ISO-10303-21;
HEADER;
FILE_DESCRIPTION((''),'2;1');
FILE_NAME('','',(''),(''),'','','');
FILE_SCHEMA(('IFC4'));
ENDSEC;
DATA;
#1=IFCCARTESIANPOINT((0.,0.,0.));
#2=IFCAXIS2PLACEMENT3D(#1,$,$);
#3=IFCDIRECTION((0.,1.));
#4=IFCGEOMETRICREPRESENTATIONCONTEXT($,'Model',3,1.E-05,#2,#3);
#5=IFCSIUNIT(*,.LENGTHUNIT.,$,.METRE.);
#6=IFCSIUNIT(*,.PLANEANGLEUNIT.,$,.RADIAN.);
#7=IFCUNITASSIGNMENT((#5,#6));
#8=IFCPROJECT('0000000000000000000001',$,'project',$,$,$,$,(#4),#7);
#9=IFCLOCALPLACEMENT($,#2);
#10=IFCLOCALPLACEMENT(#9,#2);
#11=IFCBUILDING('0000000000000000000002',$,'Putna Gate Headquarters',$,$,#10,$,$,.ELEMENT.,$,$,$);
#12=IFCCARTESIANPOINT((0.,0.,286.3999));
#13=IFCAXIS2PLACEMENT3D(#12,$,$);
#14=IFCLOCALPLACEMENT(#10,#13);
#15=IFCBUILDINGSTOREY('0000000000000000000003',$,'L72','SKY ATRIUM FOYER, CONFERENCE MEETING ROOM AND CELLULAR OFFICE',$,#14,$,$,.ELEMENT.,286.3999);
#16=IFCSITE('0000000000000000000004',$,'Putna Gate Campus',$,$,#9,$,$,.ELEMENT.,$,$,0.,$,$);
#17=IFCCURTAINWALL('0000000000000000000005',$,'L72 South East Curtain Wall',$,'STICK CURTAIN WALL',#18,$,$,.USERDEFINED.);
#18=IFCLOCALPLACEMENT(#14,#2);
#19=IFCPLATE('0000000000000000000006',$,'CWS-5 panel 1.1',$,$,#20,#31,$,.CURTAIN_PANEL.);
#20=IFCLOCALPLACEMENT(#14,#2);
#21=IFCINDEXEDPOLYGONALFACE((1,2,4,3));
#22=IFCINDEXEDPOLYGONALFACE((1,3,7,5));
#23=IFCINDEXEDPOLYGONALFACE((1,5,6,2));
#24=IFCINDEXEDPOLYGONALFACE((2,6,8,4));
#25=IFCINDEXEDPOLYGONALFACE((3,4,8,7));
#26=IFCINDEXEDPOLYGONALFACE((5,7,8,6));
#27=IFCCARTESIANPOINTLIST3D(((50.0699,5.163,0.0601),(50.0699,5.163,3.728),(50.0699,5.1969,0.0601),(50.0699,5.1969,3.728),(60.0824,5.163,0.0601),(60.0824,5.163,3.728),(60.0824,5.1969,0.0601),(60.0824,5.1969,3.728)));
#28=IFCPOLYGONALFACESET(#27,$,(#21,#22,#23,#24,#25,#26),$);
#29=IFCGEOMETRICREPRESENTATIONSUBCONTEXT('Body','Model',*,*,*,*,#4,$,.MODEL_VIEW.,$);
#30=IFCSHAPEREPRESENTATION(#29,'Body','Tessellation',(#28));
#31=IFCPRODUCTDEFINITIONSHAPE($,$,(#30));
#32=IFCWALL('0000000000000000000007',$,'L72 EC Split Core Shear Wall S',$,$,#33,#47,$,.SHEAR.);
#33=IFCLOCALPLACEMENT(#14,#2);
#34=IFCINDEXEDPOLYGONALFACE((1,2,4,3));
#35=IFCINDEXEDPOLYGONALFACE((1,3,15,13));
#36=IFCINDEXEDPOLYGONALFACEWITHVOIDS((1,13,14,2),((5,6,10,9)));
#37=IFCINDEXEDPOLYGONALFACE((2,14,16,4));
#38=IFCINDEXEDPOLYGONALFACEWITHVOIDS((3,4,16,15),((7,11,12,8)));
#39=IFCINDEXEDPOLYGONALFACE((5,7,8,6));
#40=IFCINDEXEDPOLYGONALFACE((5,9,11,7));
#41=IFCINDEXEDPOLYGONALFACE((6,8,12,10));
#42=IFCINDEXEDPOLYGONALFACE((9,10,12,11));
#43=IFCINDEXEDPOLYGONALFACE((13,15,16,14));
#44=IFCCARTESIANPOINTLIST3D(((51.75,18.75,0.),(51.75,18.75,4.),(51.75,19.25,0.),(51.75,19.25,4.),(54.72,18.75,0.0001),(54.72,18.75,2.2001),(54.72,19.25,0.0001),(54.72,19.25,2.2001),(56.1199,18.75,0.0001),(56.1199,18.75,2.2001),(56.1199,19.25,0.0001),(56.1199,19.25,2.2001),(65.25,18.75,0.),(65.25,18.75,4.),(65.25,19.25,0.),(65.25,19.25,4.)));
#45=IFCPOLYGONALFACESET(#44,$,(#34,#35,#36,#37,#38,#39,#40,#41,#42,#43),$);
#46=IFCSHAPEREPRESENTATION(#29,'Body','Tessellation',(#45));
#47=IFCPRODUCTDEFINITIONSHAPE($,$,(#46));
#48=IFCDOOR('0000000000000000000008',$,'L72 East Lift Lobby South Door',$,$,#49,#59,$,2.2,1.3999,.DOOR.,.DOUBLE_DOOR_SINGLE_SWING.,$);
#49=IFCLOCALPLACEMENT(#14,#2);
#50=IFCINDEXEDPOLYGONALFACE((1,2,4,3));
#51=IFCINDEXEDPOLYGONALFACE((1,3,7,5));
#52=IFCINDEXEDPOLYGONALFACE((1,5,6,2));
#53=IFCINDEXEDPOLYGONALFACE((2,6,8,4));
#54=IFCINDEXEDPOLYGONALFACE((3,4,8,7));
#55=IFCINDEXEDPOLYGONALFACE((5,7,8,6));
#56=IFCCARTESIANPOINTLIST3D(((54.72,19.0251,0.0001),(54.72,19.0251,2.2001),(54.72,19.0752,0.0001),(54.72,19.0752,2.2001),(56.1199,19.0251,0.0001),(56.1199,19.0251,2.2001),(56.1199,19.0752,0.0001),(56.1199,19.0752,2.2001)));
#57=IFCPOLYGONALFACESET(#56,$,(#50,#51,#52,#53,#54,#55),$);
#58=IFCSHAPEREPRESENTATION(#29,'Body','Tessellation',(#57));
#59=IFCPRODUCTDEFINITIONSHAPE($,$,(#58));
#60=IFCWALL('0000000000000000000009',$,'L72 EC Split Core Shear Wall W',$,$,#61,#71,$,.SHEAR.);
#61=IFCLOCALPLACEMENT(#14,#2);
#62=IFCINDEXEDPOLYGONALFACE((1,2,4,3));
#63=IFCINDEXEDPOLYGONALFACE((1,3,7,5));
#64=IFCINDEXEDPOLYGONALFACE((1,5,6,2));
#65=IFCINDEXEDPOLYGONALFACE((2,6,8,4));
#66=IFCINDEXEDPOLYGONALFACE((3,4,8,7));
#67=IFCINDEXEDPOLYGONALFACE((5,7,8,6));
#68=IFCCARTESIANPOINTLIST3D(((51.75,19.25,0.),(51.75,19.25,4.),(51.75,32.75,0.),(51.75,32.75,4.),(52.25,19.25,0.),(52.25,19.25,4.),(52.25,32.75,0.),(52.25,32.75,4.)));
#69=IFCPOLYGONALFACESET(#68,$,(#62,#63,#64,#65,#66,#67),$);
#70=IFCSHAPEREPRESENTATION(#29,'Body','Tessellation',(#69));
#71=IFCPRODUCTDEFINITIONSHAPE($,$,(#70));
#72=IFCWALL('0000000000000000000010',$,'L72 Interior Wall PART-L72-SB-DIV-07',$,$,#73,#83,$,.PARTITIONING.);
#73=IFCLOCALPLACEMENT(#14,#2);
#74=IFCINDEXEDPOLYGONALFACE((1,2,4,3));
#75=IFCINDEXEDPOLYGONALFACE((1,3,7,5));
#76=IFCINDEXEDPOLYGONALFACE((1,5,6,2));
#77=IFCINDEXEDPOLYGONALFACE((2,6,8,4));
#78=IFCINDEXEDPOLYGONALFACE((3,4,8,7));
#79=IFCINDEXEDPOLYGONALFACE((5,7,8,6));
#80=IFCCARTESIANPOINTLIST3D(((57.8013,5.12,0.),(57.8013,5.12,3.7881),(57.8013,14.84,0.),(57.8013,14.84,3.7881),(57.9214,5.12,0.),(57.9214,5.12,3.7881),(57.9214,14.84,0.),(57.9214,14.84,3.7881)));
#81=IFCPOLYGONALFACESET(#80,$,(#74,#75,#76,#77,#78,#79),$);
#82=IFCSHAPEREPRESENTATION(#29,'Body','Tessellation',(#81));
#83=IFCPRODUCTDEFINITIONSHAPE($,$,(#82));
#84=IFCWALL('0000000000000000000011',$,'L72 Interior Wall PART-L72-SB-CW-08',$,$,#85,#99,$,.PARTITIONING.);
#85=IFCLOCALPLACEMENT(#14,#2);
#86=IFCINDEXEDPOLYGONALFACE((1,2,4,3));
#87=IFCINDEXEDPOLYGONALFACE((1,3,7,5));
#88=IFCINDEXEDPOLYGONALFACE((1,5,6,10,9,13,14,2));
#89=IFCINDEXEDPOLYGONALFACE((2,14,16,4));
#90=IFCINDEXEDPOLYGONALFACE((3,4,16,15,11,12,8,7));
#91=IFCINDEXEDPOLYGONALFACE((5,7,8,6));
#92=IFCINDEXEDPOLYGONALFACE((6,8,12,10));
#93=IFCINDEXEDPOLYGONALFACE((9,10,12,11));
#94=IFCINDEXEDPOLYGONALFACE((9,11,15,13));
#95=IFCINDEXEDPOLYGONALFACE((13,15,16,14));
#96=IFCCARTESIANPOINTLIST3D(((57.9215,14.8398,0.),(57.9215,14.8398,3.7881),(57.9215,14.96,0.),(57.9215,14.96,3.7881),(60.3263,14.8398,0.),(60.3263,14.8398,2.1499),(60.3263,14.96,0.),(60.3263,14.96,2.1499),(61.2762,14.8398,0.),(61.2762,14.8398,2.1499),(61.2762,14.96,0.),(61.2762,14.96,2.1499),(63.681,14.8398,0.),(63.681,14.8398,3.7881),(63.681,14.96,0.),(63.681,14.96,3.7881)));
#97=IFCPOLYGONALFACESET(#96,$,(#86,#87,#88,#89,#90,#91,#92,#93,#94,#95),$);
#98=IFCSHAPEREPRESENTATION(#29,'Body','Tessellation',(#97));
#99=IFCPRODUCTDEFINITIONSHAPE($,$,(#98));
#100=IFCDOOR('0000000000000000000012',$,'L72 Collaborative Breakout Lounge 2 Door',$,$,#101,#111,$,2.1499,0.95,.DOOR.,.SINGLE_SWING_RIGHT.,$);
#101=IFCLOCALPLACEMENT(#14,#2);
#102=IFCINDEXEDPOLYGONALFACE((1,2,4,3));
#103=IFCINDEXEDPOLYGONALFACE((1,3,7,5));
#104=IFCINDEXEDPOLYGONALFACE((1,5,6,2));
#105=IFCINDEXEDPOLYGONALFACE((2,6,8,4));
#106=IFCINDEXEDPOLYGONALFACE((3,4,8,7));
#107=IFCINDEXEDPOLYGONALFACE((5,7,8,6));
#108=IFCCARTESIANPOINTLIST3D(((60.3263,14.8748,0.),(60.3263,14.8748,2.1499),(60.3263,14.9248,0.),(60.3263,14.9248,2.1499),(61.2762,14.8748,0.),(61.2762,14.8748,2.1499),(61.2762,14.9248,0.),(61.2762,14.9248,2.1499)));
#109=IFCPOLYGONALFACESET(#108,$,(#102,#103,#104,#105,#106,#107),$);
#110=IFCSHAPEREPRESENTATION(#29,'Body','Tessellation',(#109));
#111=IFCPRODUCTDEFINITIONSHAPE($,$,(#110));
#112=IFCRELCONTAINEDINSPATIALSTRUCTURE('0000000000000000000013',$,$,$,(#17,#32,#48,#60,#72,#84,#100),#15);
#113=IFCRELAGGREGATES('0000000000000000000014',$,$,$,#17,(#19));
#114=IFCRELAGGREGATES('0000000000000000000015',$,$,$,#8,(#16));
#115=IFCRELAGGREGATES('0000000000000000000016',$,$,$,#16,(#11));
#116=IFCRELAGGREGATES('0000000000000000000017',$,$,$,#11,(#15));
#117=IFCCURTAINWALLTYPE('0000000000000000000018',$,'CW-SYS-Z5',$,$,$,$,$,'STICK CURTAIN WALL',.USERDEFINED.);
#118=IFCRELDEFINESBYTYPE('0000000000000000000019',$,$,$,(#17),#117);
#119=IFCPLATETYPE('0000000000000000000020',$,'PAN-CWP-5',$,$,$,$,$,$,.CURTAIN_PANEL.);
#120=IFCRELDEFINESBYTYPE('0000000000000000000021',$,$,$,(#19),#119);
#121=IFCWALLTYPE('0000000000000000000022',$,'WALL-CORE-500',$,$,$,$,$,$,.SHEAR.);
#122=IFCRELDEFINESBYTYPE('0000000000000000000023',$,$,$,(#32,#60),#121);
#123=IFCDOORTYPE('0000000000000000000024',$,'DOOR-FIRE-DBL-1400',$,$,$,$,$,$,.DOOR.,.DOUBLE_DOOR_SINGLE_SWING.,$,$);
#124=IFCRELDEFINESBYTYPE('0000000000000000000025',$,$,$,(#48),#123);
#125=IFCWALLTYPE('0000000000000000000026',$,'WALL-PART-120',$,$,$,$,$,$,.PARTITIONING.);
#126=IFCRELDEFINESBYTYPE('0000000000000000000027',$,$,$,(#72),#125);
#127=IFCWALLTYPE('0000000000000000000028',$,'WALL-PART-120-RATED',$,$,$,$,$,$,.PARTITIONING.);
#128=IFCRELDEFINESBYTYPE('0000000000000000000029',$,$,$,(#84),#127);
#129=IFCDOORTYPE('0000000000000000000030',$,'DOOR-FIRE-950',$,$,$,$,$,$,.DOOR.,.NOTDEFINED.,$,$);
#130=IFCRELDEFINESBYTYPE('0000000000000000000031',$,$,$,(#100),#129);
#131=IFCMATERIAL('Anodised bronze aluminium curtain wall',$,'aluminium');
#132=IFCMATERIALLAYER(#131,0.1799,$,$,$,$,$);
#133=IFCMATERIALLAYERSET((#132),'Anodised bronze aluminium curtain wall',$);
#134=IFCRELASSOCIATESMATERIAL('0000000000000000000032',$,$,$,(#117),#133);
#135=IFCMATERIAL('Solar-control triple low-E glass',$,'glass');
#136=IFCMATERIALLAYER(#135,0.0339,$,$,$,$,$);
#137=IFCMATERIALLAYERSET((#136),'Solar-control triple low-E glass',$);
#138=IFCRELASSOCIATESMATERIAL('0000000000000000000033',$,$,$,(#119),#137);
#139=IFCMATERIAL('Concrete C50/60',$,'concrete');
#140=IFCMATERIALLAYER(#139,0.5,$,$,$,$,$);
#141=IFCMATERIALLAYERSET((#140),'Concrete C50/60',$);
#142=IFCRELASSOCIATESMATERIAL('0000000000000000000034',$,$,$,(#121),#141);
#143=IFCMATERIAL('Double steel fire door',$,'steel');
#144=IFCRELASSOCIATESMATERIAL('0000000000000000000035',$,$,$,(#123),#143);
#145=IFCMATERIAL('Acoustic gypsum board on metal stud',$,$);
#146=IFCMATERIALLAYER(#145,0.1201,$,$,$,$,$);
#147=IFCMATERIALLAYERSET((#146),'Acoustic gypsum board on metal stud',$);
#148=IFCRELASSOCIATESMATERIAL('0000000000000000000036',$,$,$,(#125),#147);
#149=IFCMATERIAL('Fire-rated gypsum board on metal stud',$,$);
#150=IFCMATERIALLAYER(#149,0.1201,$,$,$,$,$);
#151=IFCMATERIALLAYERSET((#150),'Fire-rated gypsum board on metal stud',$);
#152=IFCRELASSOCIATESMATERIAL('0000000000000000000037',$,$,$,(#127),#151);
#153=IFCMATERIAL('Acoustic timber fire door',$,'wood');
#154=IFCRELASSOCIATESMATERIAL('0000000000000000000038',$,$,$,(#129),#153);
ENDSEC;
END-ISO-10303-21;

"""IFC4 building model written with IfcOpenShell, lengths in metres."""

from ifc_helpers import new_model, si_unit, direction, frame, frame_2d, origin, origin_2d, place, context, subcontext, project, spatial, rectangle, extrude, material, layer, layer_set, type_object, element, fill, aggregate, save


model = new_model("IFC4")

# Units and contexts
model_context = context("Model", 3, precision=1e-05, world=origin(), true_north=direction((0.0, 1.0)))
body_context = subcontext(model_context, "Body", "Model", "MODEL_VIEW")
ifc_project = project(units=[si_unit("LENGTHUNIT", "METRE"), si_unit("PLANEANGLEUNIT", "RADIAN")], contexts=[model_context])

# Site, building, storey
site_placement = place(None, origin())
site = spatial("IfcSite", under=ifc_project, at=site_placement, Name="Putna Gate Campus", CompositionType="ELEMENT", RefElevation=0.0)
building_placement = place(site_placement, origin())
building = spatial("IfcBuilding", under=site, at=building_placement, Name="Putna Gate Headquarters", CompositionType="ELEMENT")
storey_placement = place(building_placement, frame((0.0, 0.0, 286.3999)))
storey = spatial("IfcBuildingStorey", under=building, at=storey_placement, Name="L72", Description="SKY ATRIUM FOYER, CONFERENCE MEETING ROOM AND CELLULAR OFFICE", CompositionType="ELEMENT", Elevation=286.3999)

# Curtain wall, plate
ifc_material_1 = material(Name="Anodised bronze aluminium curtain wall", Category="aluminium")
ifc_layer_1 = layer(ifc_material_1, 0.1799)
ifc_layer_set_1 = layer_set([ifc_layer_1], Name="Anodised bronze aluminium curtain wall")
curtain_wall_type = type_object("IfcCurtainWallType", Name="CW-SYS-Z5", ElementType="STICK CURTAIN WALL", PredefinedType="USERDEFINED", material=ifc_layer_set_1)
curtain_wall_placement = place(storey_placement, origin())
curtain_wall = element("IfcCurtainWall", 1, at=curtain_wall_placement, inside=storey, type_object=curtain_wall_type, Name="L72 South East Curtain Wall", ObjectType="STICK CURTAIN WALL", PredefinedType="USERDEFINED")
ifc_material_2 = material(Name="Solar-control triple low-E glass", Category="glass")
ifc_layer_2 = layer(ifc_material_2, 0.0339)
ifc_layer_set_2 = layer_set([ifc_layer_2], Name="Solar-control triple low-E glass")
plate_type = type_object("IfcPlateType", Name="PAN-CWP-5", PredefinedType="CURTAIN_PANEL", material=ifc_layer_set_2)
plate_placement = place(storey_placement, frame((55.0762, 5.1799, 0.0601), z_axis=(0.0, 0.0, 1.0), x_axis=(1.0, 0.0, 0.0)))
plate = element("IfcPlate", 2, at=plate_placement, type_object=plate_type, Name="CWS-5 panel 1.1", PredefinedType="CURTAIN_PANEL", context=body_context, shape_type="SweptSolid", body=[
    extrude(rectangle(XDim=10.0125, YDim=0.0339, at=origin_2d()), origin(), (0.0, 0.0, 1.0), 3.668),
])
aggregate(curtain_wall, [plate])

# Wall, opening, door
ifc_material_3 = material(Name="Concrete C50/60", Category="concrete")
ifc_layer_3 = layer(ifc_material_3, 0.5)
ifc_layer_set_3 = layer_set([ifc_layer_3], Name="Concrete C50/60")
wall_type_1 = type_object("IfcWallType", Name="WALL-CORE-500", PredefinedType="SHEAR", material=ifc_layer_set_3)
wall_1_placement = place(storey_placement, frame((51.75, 19.0, 0.0), z_axis=(0.0, 0.0, 1.0), x_axis=(1.0, 0.0, 0.0)))
wall_1 = element("IfcWall", 3, at=wall_1_placement, inside=storey, type_object=wall_type_1, Name="L72 EC Split Core Shear Wall S", PredefinedType="SHEAR", context=body_context, shape_type="SweptSolid", body=[
    extrude(rectangle(XDim=13.5, YDim=0.5, at=frame_2d((6.75, 0.0))), origin(), (0.0, 0.0, 1.0), 4.0),
])
opening_1_placement = place(wall_1_placement, frame((2.97, 0.0, 0.0)))
opening_1 = element("IfcOpeningElement", 4, at=opening_1_placement, cuts=wall_1, PredefinedType="OPENING", context=body_context, shape_type="SweptSolid", body=[
    extrude(rectangle(XDim=1.3999, YDim=2.2, at=frame_2d((0.7, 1.1001))), frame((0.0, 0.26, 0.0), z_axis=(0.0, -1.0, 0.0), x_axis=(1.0, 0.0, 0.0)), (0.0, 0.0, 1.0), 0.52),
])
ifc_material_4 = material(Name="Double steel fire door", Category="steel")
door_type_1 = type_object("IfcDoorType", Name="DOOR-FIRE-DBL-1400", OperationType="DOUBLE_DOOR_SINGLE_SWING", PredefinedType="DOOR", material=ifc_material_4)
door_1_placement = place(opening_1_placement, origin())
door_1 = element("IfcDoor", 5, at=door_1_placement, inside=storey, type_object=door_type_1, Name="L72 East Lift Lobby South Door", OperationType="DOUBLE_DOOR_SINGLE_SWING", OverallHeight=2.2, OverallWidth=1.3999, PredefinedType="DOOR", context=body_context, shape_type="SweptSolid", body=[
    extrude(rectangle(XDim=1.3999, YDim=2.2, at=frame_2d((0.7, 1.1001))), frame((0.0, 0.0752, 0.0), z_axis=(0.0, -1.0, 0.0), x_axis=(1.0, 0.0, 0.0)), (0.0, 0.0, 1.0), 0.05),
])
fill(opening_1, door_1)

# Walls
wall_2_placement = place(storey_placement, frame((52.0, 19.25, 0.0), z_axis=(0.0, 0.0, 1.0), x_axis=(0.0, 1.0, 0.0)))
element("IfcWall", 6, at=wall_2_placement, inside=storey, type_object=wall_type_1, Name="L72 EC Split Core Shear Wall W", PredefinedType="SHEAR", context=body_context, shape_type="SweptSolid", body=[
    extrude(rectangle(XDim=13.5, YDim=0.5, at=frame_2d((6.75, 0.0))), origin(), (0.0, 0.0, 1.0), 4.0),
])
ifc_material_5 = material(Name="Acoustic gypsum board on metal stud")
ifc_layer_4 = layer(ifc_material_5, 0.1201)
ifc_layer_set_4 = layer_set([ifc_layer_4], Name="Acoustic gypsum board on metal stud")
wall_type_2 = type_object("IfcWallType", Name="WALL-PART-120", PredefinedType="PARTITIONING", material=ifc_layer_set_4)
wall_3_placement = place(storey_placement, frame((57.8613, 5.1201, 0.0), z_axis=(0.0, 0.0, 1.0), x_axis=(0.0, 1.0, 0.0)))
element("IfcWall", 7, at=wall_3_placement, inside=storey, type_object=wall_type_2, Name="L72 Interior Wall PART-L72-SB-DIV-07", PredefinedType="PARTITIONING", context=body_context, shape_type="SweptSolid", body=[
    extrude(rectangle(XDim=9.72, YDim=0.1201, at=frame_2d((4.8599, 0.0))), origin(), (0.0, 0.0, 1.0), 3.7881),
])

# Wall, opening, door
ifc_material_6 = material(Name="Fire-rated gypsum board on metal stud")
ifc_layer_5 = layer(ifc_material_6, 0.1201)
ifc_layer_set_5 = layer_set([ifc_layer_5], Name="Fire-rated gypsum board on metal stud")
wall_type_3 = type_object("IfcWallType", Name="WALL-PART-120-RATED", PredefinedType="PARTITIONING", material=ifc_layer_set_5)
wall_4_placement = place(storey_placement, frame((57.9214, 14.8999, 0.0), z_axis=(0.0, 0.0, 1.0), x_axis=(1.0, 0.0, 0.0)))
wall_4 = element("IfcWall", 8, at=wall_4_placement, inside=storey, type_object=wall_type_3, Name="L72 Interior Wall PART-L72-SB-CW-08", PredefinedType="PARTITIONING", context=body_context, shape_type="SweptSolid", body=[
    extrude(rectangle(XDim=5.7595, YDim=0.1201, at=frame_2d((2.8799, 0.0))), origin(), (0.0, 0.0, 1.0), 3.7881),
])
opening_2_placement = place(wall_4_placement, frame((2.4048, 0.0, 0.0)))
opening_2 = element("IfcOpeningElement", 9, at=opening_2_placement, cuts=wall_4, PredefinedType="OPENING", context=body_context, shape_type="SweptSolid", body=[
    extrude(rectangle(XDim=0.95, YDim=2.1499, at=frame_2d((0.4751, 1.075))), frame((0.0, 0.0701, 0.0), z_axis=(0.0, -1.0, 0.0), x_axis=(1.0, 0.0, 0.0)), (0.0, 0.0, 1.0), 0.1401),
])
ifc_material_7 = material(Name="Acoustic timber fire door", Category="wood")
door_type_2 = type_object("IfcDoorType", Name="DOOR-FIRE-950", OperationType="NOTDEFINED", PredefinedType="DOOR", material=ifc_material_7)
door_2_placement = place(opening_2_placement, origin())
door_2 = element("IfcDoor", 10, at=door_2_placement, inside=storey, type_object=door_type_2, Name="L72 Collaborative Breakout Lounge 2 Door", OperationType="SINGLE_SWING_RIGHT", OverallHeight=2.1499, OverallWidth=0.95, PredefinedType="DOOR", context=body_context, shape_type="SweptSolid", body=[
    extrude(rectangle(XDim=0.95, YDim=2.1499, at=frame_2d((0.4751, 1.075))), frame((0.0, 0.0249, 0.0), z_axis=(0.0, -1.0, 0.0), x_axis=(1.0, 0.0, 0.0)), (0.0, 0.0, 1.0), 0.05),
])
fill(opening_2, door_2)

save(model, "model.ifc")
